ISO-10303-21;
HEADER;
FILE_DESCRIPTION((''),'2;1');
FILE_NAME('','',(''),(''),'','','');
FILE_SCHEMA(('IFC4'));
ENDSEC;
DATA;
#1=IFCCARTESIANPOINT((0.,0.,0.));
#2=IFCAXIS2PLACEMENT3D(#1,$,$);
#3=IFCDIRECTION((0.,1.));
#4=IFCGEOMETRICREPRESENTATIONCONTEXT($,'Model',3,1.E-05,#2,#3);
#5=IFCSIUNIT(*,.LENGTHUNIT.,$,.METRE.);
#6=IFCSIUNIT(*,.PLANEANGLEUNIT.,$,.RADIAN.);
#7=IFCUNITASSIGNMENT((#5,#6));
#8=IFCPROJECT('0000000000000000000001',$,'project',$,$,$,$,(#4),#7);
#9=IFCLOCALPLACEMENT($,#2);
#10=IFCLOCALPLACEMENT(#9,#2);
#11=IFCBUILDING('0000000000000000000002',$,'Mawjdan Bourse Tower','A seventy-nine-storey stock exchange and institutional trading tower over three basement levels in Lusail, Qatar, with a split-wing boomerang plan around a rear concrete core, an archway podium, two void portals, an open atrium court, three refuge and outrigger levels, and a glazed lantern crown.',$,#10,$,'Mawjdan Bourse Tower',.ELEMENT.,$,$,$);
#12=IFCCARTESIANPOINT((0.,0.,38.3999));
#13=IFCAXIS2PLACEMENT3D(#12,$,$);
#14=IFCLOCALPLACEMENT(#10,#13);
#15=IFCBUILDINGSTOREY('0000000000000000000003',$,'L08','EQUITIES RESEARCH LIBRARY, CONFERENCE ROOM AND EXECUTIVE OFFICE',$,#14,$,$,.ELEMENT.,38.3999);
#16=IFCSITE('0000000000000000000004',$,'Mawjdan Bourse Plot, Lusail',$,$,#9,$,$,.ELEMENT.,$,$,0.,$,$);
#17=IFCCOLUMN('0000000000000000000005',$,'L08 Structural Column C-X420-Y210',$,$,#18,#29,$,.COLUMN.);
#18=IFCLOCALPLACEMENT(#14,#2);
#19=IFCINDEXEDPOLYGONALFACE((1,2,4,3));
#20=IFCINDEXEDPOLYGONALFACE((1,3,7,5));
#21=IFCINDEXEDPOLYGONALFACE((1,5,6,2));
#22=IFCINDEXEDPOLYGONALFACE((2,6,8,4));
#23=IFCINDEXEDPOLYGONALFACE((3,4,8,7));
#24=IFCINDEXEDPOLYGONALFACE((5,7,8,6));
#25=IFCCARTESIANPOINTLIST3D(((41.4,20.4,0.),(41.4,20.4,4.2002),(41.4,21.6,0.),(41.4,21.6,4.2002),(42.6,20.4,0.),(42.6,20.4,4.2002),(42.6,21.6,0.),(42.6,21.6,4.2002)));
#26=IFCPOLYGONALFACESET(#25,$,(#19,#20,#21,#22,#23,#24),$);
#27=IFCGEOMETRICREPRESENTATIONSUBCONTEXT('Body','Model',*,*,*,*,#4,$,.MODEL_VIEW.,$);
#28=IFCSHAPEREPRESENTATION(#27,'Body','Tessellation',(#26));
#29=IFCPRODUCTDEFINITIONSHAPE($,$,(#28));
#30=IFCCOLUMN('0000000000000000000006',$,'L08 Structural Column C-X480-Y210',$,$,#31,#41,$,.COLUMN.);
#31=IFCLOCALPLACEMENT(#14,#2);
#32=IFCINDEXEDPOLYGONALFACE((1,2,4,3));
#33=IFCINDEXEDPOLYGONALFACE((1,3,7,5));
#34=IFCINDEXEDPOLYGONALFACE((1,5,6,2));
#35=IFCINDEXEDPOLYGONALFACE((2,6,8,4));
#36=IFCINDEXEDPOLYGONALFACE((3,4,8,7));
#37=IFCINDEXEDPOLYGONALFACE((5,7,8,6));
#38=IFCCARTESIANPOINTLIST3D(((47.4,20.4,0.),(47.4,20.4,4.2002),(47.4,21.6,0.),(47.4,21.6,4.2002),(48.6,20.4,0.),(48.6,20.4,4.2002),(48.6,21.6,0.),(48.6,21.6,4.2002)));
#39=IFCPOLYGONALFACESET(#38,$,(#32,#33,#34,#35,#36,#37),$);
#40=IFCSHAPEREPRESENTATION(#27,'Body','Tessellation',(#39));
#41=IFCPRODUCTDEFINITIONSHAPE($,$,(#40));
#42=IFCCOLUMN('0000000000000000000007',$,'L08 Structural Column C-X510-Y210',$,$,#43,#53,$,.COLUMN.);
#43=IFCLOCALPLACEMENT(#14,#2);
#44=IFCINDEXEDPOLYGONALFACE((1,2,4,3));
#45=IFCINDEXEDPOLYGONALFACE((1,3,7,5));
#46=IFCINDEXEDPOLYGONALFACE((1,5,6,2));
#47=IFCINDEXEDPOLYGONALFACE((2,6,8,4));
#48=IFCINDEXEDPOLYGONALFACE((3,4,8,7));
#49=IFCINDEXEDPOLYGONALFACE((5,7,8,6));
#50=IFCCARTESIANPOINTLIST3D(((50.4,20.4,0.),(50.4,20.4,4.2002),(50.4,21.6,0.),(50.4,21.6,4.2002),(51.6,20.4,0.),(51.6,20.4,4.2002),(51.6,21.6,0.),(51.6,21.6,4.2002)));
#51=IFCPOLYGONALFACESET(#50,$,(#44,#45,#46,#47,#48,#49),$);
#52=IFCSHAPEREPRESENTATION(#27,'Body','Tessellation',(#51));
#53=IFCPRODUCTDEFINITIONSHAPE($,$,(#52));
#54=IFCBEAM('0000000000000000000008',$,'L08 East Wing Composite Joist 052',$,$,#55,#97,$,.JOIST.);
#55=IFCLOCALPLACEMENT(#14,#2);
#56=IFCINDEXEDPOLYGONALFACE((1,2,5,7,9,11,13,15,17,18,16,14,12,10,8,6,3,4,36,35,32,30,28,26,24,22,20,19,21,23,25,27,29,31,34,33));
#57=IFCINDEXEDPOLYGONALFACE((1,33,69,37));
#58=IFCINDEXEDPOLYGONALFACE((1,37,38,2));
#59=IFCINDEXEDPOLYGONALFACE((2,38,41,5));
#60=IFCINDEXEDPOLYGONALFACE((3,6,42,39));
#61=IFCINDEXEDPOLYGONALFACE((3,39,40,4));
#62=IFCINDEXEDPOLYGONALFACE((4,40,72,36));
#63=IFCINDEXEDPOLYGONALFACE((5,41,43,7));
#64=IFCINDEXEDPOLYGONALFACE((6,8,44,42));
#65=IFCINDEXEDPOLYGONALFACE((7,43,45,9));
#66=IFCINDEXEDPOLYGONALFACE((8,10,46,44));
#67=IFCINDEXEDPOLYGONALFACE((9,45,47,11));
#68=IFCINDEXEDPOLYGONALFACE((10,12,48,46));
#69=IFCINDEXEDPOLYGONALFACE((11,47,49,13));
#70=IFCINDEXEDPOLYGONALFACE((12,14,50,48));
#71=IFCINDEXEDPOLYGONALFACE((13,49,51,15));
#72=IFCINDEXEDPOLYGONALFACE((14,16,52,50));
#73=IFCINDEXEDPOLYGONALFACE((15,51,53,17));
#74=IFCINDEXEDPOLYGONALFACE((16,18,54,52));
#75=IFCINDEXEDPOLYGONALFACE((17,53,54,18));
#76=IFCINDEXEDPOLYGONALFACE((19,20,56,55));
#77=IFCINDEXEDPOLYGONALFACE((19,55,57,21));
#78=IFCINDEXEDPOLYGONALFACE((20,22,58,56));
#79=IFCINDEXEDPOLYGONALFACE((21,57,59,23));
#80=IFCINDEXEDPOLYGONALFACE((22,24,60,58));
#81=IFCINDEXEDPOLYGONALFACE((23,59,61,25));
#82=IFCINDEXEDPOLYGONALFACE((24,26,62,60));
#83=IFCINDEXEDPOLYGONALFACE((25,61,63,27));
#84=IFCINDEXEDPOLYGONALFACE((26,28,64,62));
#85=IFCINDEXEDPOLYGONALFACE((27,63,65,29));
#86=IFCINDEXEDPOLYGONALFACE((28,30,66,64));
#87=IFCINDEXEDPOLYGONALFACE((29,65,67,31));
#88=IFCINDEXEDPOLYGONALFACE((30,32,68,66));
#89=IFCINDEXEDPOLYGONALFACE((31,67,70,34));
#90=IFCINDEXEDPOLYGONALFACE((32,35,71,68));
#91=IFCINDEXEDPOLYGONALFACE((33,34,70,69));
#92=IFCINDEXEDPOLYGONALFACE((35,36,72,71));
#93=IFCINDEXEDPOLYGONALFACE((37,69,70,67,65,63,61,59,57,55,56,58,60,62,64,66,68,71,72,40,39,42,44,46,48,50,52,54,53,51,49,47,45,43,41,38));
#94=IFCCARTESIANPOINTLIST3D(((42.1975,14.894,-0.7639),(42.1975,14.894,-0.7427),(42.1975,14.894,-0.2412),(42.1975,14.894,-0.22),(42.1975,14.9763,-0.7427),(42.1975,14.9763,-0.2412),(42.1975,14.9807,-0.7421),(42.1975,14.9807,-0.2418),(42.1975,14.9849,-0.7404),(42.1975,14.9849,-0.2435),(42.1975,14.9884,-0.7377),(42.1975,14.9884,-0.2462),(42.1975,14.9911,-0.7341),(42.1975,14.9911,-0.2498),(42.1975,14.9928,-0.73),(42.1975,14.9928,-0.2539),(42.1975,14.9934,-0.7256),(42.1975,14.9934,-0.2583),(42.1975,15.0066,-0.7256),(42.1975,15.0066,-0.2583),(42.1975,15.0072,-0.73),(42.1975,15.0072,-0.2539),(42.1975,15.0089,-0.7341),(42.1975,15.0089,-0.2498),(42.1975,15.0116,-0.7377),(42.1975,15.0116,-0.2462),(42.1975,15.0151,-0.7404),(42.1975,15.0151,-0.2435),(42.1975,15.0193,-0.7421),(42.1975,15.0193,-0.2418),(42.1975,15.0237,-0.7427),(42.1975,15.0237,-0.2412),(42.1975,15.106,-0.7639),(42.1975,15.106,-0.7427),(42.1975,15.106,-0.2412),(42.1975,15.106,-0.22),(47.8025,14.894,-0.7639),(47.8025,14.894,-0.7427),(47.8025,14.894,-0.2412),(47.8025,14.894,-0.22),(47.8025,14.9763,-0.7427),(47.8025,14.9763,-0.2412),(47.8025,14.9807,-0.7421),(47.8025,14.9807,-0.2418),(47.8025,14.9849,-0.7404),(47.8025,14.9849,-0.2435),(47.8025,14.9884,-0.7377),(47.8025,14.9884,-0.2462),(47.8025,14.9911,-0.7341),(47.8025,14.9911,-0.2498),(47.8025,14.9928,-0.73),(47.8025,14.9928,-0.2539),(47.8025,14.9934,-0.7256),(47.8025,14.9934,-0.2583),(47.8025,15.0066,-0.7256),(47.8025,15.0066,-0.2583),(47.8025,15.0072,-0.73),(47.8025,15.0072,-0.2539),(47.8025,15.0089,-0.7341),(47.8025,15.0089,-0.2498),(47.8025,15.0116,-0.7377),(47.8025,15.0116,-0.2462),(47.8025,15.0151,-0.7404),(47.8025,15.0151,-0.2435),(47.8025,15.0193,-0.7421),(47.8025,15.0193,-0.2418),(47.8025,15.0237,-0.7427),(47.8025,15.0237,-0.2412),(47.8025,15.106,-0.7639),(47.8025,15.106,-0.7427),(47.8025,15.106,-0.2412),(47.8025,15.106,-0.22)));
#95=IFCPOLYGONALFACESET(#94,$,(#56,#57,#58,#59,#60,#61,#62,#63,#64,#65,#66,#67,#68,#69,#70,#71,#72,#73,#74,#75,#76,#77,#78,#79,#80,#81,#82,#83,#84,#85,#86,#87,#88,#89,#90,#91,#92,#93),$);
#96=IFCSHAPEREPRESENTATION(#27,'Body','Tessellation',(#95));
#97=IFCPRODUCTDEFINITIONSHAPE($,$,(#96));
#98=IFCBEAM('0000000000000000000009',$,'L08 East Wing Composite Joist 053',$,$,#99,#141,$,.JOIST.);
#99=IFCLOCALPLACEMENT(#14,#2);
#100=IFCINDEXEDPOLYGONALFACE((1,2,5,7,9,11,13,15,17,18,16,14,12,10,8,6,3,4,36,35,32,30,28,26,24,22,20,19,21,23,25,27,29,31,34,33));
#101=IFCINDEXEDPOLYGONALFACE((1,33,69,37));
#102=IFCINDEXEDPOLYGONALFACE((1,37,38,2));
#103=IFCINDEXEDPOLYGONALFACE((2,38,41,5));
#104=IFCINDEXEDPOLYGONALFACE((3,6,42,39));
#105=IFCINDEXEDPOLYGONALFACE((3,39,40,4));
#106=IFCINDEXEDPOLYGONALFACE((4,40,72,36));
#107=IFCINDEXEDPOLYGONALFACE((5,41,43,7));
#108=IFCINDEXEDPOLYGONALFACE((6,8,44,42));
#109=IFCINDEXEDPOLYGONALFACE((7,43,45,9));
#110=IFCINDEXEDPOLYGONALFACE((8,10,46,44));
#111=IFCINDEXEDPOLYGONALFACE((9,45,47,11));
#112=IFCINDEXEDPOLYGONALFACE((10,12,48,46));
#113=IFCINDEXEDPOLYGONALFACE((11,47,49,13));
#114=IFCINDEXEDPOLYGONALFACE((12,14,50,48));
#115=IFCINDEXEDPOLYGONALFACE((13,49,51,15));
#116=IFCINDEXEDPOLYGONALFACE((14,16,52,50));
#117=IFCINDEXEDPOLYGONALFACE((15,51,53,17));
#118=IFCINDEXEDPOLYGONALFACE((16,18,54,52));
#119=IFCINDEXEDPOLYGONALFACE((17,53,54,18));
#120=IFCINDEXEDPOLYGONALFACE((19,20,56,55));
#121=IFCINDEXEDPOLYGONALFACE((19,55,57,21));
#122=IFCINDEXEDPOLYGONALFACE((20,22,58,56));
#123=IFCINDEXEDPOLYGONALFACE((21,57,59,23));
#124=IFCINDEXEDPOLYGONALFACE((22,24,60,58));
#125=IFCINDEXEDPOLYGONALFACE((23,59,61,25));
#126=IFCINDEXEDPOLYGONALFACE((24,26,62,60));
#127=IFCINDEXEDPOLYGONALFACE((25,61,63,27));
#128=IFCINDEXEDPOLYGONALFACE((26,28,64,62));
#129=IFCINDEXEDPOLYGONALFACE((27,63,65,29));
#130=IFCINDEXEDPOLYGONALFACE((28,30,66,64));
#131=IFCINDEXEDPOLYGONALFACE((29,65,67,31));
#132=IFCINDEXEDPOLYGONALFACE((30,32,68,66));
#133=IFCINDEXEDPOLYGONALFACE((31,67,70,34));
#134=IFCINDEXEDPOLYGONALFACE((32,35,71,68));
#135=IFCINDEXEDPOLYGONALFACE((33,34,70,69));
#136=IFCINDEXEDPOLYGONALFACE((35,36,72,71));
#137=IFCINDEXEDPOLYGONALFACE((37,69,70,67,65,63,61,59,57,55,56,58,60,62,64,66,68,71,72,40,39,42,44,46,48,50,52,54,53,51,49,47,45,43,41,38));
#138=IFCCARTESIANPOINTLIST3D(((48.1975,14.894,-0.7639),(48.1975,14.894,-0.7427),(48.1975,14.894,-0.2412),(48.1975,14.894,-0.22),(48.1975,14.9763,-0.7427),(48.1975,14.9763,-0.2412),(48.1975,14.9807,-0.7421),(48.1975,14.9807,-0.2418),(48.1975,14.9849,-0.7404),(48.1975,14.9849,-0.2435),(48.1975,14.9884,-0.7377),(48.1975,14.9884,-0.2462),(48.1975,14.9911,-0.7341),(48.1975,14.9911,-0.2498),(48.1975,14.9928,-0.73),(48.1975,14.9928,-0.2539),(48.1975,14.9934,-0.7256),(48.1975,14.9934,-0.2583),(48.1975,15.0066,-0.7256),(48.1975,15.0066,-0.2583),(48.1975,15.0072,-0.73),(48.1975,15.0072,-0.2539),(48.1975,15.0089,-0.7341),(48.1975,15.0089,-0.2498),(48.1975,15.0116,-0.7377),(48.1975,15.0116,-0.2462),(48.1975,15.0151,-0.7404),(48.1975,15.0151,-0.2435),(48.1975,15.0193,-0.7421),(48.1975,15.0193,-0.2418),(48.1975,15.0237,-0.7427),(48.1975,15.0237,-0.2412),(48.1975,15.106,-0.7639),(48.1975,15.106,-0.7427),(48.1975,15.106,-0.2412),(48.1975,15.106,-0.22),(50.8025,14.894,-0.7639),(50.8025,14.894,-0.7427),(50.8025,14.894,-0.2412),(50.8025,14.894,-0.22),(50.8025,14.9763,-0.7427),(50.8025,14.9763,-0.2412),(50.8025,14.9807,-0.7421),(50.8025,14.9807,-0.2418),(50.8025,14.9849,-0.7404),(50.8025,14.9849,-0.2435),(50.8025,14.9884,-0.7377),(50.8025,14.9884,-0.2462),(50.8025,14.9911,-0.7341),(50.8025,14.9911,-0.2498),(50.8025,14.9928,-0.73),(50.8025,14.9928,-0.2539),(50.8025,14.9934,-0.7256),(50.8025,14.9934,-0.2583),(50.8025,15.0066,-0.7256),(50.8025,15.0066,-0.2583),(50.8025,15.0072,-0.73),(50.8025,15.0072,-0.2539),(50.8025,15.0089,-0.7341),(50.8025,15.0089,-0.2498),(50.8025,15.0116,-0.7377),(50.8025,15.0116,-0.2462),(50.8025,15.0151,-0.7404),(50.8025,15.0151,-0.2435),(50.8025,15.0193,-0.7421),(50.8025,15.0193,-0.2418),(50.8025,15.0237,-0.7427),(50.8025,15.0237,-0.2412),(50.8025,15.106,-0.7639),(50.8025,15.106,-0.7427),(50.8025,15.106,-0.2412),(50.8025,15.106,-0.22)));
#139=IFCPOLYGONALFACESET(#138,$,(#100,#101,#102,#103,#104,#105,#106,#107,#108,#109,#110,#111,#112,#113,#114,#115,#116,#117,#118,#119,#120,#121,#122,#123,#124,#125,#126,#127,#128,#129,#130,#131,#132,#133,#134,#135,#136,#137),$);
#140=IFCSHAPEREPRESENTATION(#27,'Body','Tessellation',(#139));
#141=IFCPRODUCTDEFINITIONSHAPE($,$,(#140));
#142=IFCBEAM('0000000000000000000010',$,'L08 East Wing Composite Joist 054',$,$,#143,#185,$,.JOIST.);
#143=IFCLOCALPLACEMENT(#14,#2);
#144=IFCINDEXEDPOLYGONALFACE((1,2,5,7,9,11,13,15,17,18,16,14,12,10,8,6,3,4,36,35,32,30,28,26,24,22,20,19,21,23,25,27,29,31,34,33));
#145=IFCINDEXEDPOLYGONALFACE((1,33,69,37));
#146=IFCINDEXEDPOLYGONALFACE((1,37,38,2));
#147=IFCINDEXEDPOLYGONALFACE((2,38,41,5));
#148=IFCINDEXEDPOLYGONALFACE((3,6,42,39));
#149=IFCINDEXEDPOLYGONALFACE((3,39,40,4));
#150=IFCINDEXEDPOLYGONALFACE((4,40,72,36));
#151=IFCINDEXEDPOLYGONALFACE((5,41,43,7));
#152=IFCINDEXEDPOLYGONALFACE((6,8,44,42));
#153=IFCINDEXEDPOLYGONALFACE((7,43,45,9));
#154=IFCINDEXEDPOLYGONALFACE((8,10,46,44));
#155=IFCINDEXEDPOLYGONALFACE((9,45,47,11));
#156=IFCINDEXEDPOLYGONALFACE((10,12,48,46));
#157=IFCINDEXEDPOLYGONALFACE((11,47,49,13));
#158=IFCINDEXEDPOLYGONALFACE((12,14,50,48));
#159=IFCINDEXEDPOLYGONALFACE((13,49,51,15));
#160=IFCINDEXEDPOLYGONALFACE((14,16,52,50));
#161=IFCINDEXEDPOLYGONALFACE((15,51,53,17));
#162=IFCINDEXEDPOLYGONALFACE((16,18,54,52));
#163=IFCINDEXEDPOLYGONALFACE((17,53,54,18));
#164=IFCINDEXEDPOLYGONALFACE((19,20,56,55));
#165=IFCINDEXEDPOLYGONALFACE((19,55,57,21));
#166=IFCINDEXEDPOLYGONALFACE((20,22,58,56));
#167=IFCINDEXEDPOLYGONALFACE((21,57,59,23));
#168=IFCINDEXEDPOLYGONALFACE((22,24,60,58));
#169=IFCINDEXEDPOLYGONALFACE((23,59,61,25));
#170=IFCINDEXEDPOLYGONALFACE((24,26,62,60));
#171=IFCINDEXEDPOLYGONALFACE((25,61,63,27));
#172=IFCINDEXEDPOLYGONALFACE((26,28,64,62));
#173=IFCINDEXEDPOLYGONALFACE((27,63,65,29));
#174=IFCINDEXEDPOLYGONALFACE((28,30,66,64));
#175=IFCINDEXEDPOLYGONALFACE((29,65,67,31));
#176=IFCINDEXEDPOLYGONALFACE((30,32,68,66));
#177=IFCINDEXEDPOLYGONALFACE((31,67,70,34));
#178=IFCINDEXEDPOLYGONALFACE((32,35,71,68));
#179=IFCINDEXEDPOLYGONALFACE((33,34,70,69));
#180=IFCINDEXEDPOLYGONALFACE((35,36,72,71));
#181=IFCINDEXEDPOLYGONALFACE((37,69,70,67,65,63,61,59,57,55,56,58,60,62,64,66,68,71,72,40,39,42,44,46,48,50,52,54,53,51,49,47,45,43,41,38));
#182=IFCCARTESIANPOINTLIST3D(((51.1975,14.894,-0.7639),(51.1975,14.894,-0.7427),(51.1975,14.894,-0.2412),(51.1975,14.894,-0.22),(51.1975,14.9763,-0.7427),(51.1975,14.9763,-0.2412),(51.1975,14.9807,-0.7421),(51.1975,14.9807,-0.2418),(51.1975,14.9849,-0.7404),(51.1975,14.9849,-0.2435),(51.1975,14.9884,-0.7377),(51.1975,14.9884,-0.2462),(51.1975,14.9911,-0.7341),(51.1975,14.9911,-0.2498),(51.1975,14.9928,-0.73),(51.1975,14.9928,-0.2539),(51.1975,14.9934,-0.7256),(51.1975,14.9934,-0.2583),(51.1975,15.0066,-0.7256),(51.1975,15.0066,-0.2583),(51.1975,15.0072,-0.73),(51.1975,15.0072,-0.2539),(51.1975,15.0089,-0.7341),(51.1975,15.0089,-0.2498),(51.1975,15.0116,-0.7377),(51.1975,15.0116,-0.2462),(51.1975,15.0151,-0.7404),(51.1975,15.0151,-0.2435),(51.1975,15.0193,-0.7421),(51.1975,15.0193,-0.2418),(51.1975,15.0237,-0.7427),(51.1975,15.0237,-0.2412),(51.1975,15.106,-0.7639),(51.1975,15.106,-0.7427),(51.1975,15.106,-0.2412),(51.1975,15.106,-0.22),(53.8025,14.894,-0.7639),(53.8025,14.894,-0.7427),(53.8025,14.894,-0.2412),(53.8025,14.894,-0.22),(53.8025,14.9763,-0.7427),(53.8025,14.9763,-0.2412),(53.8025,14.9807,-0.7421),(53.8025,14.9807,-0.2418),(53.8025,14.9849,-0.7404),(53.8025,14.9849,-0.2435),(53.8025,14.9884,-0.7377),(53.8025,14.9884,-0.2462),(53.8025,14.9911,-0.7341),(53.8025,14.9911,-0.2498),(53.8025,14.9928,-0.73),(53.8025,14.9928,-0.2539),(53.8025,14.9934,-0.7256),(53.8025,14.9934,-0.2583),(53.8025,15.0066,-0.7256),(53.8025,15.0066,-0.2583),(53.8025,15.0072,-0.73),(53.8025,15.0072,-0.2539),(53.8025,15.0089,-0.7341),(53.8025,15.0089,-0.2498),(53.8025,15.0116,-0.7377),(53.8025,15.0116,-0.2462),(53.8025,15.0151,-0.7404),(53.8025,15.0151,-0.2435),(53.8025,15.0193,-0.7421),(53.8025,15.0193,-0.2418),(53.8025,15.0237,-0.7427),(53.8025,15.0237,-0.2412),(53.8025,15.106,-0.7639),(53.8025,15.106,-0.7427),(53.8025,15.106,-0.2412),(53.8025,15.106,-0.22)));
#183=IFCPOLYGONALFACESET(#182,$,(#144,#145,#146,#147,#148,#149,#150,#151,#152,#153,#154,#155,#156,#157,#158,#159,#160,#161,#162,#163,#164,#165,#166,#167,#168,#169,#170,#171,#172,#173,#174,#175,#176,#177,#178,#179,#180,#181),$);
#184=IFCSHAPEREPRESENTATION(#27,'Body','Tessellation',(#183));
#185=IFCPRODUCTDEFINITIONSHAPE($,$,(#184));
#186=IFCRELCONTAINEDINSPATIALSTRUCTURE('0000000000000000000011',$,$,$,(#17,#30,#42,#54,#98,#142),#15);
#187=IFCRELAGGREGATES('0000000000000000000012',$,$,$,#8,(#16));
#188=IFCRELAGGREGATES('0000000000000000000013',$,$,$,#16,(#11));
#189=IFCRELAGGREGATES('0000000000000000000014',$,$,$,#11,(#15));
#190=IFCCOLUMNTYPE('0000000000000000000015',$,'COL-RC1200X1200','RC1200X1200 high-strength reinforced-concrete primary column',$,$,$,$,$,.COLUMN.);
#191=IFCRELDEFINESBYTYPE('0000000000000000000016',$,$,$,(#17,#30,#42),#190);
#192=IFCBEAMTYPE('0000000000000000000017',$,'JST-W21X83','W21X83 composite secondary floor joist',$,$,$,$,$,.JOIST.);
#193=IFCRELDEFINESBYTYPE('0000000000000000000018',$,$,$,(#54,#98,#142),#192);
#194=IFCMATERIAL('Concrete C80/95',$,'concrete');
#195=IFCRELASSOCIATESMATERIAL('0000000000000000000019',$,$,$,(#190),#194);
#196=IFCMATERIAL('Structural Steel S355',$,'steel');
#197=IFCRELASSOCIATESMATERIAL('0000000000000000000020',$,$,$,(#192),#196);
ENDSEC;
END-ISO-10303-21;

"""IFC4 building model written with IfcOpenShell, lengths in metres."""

from ifc_helpers import new_model, si_unit, direction, frame, origin, origin_2d, place, context, subcontext, project, spatial, rectangle, i_section, extrude, material, material_profile, profile_set, type_object, element, save


model = new_model("IFC4")

# Units and contexts
model_context = context("Model", 3, precision=1e-05, world=origin(), true_north=direction((0.0, 1.0)))
body_context = subcontext(model_context, "Body", "Model", "MODEL_VIEW")
ifc_project = project(units=[si_unit("LENGTHUNIT", "METRE"), si_unit("PLANEANGLEUNIT", "RADIAN")], contexts=[model_context])

# Site, building, storey
site_placement = place(None, origin())
site = spatial("IfcSite", under=ifc_project, at=site_placement, Name="Mawjdan Bourse Plot, Lusail", CompositionType="ELEMENT", RefElevation=0.0)
building_placement = place(site_placement, origin())
building = spatial("IfcBuilding", under=site, at=building_placement, Name="Mawjdan Bourse Tower", Description="A seventy-nine-storey stock exchange and institutional trading tower over three basement levels in Lusail, Qatar, with a split-wing boomerang plan around a rear concrete core, an archway podium, two void portals, an open atrium court, three refuge and outrigger levels, and a glazed lantern crown.", LongName="Mawjdan Bourse Tower", CompositionType="ELEMENT")
storey_placement = place(building_placement, frame((0.0, 0.0, 38.3999)))
storey = spatial("IfcBuildingStorey", under=building, at=storey_placement, Name="L08", Description="EQUITIES RESEARCH LIBRARY, CONFERENCE ROOM AND EXECUTIVE OFFICE", CompositionType="ELEMENT", Elevation=38.3999)

# Columns
ifc_material_1 = material(Name="Concrete C80/95", Category="concrete")
ifc_material_profile_1 = material_profile(ifc_material_1, rectangle(XDim=1.2, YDim=1.2, at=origin_2d()), Name="RC1200X1200")
ifc_profile_set_1 = profile_set([ifc_material_profile_1], Name="Concrete C80/95")
column_type = type_object("IfcColumnType", Name="COL-RC1200X1200", Description="RC1200X1200 high-strength reinforced-concrete primary column", PredefinedType="COLUMN", material=ifc_profile_set_1)
for number, where, z_axis, x_axis, name in (
    (1, (42.0, 21.0, 0.0), (0.0, 0.0, 1.0), (1.0, 0.0, 0.0), "L08 Structural Column C-X420-Y210"),
    (2, (48.0, 21.0, 0.0), (0.0, 0.0, 1.0), (1.0, 0.0, 0.0), "L08 Structural Column C-X480-Y210"),
    (3, (51.0, 21.0, 0.0), (0.0, 0.0, 1.0), (1.0, 0.0, 0.0), "L08 Structural Column C-X510-Y210"),
):
    element("IfcColumn", number, at=place(storey_placement, frame(where, z_axis=z_axis, x_axis=x_axis)), inside=storey, type_object=column_type, Name=name, PredefinedType="COLUMN", context=body_context, shape_type="SweptSolid", body=[
        extrude(rectangle(XDim=1.2, YDim=1.2, at=origin_2d()), origin(), (0.0, 0.0, 1.0), 4.2002),
    ])

# Beams
ifc_material_2 = material(Name="Structural Steel S355", Category="steel")
ifc_material_profile_2 = material_profile(ifc_material_2, i_section(OverallWidth=0.2119, OverallDepth=0.5439, WebThickness=0.0132, FlangeThickness=0.0212, FilletRadius=0.0171, at=origin_2d()), Name="W21X83")
ifc_profile_set_2 = profile_set([ifc_material_profile_2], Name="Structural Steel S355")
beam_type_1 = type_object("IfcBeamType", Name="JST-W21X83", Description="W21X83 composite secondary floor joist", PredefinedType="JOIST", material=ifc_profile_set_2)
beam_1_placement = place(storey_placement, frame((42.1975, 15.0, -0.4919), z_axis=(1.0, 0.0, 0.0), x_axis=(0.0, 1.0, 0.0)))
element("IfcBeam", 4, at=beam_1_placement, inside=storey, type_object=beam_type_1, Name="L08 East Wing Composite Joist 052", PredefinedType="JOIST", context=body_context, shape_type="SweptSolid", body=[
    extrude(i_section(OverallWidth=0.2119, OverallDepth=0.5439, WebThickness=0.0132, FlangeThickness=0.0212, FilletRadius=0.0171, at=origin_2d()), origin(), (0.0, 0.0, 1.0), 5.605),
])
for number, where, z_axis, x_axis, name in (
    (5, (48.1975, 15.0, -0.4919), (1.0, 0.0, 0.0), (0.0, 1.0, 0.0), "L08 East Wing Composite Joist 053"),
    (6, (51.1975, 15.0, -0.4919), (1.0, 0.0, 0.0), (0.0, 1.0, 0.0), "L08 East Wing Composite Joist 054"),
):
    element("IfcBeam", number, at=place(storey_placement, frame(where, z_axis=z_axis, x_axis=x_axis)), inside=storey, type_object=beam_type_1, Name=name, PredefinedType="JOIST", context=body_context, shape_type="SweptSolid", body=[
        extrude(i_section(OverallWidth=0.2119, OverallDepth=0.5439, WebThickness=0.0132, FlangeThickness=0.0212, FilletRadius=0.0171, at=origin_2d()), origin(), (0.0, 0.0, 1.0), 2.605),
    ])

save(model, "model.ifc")
